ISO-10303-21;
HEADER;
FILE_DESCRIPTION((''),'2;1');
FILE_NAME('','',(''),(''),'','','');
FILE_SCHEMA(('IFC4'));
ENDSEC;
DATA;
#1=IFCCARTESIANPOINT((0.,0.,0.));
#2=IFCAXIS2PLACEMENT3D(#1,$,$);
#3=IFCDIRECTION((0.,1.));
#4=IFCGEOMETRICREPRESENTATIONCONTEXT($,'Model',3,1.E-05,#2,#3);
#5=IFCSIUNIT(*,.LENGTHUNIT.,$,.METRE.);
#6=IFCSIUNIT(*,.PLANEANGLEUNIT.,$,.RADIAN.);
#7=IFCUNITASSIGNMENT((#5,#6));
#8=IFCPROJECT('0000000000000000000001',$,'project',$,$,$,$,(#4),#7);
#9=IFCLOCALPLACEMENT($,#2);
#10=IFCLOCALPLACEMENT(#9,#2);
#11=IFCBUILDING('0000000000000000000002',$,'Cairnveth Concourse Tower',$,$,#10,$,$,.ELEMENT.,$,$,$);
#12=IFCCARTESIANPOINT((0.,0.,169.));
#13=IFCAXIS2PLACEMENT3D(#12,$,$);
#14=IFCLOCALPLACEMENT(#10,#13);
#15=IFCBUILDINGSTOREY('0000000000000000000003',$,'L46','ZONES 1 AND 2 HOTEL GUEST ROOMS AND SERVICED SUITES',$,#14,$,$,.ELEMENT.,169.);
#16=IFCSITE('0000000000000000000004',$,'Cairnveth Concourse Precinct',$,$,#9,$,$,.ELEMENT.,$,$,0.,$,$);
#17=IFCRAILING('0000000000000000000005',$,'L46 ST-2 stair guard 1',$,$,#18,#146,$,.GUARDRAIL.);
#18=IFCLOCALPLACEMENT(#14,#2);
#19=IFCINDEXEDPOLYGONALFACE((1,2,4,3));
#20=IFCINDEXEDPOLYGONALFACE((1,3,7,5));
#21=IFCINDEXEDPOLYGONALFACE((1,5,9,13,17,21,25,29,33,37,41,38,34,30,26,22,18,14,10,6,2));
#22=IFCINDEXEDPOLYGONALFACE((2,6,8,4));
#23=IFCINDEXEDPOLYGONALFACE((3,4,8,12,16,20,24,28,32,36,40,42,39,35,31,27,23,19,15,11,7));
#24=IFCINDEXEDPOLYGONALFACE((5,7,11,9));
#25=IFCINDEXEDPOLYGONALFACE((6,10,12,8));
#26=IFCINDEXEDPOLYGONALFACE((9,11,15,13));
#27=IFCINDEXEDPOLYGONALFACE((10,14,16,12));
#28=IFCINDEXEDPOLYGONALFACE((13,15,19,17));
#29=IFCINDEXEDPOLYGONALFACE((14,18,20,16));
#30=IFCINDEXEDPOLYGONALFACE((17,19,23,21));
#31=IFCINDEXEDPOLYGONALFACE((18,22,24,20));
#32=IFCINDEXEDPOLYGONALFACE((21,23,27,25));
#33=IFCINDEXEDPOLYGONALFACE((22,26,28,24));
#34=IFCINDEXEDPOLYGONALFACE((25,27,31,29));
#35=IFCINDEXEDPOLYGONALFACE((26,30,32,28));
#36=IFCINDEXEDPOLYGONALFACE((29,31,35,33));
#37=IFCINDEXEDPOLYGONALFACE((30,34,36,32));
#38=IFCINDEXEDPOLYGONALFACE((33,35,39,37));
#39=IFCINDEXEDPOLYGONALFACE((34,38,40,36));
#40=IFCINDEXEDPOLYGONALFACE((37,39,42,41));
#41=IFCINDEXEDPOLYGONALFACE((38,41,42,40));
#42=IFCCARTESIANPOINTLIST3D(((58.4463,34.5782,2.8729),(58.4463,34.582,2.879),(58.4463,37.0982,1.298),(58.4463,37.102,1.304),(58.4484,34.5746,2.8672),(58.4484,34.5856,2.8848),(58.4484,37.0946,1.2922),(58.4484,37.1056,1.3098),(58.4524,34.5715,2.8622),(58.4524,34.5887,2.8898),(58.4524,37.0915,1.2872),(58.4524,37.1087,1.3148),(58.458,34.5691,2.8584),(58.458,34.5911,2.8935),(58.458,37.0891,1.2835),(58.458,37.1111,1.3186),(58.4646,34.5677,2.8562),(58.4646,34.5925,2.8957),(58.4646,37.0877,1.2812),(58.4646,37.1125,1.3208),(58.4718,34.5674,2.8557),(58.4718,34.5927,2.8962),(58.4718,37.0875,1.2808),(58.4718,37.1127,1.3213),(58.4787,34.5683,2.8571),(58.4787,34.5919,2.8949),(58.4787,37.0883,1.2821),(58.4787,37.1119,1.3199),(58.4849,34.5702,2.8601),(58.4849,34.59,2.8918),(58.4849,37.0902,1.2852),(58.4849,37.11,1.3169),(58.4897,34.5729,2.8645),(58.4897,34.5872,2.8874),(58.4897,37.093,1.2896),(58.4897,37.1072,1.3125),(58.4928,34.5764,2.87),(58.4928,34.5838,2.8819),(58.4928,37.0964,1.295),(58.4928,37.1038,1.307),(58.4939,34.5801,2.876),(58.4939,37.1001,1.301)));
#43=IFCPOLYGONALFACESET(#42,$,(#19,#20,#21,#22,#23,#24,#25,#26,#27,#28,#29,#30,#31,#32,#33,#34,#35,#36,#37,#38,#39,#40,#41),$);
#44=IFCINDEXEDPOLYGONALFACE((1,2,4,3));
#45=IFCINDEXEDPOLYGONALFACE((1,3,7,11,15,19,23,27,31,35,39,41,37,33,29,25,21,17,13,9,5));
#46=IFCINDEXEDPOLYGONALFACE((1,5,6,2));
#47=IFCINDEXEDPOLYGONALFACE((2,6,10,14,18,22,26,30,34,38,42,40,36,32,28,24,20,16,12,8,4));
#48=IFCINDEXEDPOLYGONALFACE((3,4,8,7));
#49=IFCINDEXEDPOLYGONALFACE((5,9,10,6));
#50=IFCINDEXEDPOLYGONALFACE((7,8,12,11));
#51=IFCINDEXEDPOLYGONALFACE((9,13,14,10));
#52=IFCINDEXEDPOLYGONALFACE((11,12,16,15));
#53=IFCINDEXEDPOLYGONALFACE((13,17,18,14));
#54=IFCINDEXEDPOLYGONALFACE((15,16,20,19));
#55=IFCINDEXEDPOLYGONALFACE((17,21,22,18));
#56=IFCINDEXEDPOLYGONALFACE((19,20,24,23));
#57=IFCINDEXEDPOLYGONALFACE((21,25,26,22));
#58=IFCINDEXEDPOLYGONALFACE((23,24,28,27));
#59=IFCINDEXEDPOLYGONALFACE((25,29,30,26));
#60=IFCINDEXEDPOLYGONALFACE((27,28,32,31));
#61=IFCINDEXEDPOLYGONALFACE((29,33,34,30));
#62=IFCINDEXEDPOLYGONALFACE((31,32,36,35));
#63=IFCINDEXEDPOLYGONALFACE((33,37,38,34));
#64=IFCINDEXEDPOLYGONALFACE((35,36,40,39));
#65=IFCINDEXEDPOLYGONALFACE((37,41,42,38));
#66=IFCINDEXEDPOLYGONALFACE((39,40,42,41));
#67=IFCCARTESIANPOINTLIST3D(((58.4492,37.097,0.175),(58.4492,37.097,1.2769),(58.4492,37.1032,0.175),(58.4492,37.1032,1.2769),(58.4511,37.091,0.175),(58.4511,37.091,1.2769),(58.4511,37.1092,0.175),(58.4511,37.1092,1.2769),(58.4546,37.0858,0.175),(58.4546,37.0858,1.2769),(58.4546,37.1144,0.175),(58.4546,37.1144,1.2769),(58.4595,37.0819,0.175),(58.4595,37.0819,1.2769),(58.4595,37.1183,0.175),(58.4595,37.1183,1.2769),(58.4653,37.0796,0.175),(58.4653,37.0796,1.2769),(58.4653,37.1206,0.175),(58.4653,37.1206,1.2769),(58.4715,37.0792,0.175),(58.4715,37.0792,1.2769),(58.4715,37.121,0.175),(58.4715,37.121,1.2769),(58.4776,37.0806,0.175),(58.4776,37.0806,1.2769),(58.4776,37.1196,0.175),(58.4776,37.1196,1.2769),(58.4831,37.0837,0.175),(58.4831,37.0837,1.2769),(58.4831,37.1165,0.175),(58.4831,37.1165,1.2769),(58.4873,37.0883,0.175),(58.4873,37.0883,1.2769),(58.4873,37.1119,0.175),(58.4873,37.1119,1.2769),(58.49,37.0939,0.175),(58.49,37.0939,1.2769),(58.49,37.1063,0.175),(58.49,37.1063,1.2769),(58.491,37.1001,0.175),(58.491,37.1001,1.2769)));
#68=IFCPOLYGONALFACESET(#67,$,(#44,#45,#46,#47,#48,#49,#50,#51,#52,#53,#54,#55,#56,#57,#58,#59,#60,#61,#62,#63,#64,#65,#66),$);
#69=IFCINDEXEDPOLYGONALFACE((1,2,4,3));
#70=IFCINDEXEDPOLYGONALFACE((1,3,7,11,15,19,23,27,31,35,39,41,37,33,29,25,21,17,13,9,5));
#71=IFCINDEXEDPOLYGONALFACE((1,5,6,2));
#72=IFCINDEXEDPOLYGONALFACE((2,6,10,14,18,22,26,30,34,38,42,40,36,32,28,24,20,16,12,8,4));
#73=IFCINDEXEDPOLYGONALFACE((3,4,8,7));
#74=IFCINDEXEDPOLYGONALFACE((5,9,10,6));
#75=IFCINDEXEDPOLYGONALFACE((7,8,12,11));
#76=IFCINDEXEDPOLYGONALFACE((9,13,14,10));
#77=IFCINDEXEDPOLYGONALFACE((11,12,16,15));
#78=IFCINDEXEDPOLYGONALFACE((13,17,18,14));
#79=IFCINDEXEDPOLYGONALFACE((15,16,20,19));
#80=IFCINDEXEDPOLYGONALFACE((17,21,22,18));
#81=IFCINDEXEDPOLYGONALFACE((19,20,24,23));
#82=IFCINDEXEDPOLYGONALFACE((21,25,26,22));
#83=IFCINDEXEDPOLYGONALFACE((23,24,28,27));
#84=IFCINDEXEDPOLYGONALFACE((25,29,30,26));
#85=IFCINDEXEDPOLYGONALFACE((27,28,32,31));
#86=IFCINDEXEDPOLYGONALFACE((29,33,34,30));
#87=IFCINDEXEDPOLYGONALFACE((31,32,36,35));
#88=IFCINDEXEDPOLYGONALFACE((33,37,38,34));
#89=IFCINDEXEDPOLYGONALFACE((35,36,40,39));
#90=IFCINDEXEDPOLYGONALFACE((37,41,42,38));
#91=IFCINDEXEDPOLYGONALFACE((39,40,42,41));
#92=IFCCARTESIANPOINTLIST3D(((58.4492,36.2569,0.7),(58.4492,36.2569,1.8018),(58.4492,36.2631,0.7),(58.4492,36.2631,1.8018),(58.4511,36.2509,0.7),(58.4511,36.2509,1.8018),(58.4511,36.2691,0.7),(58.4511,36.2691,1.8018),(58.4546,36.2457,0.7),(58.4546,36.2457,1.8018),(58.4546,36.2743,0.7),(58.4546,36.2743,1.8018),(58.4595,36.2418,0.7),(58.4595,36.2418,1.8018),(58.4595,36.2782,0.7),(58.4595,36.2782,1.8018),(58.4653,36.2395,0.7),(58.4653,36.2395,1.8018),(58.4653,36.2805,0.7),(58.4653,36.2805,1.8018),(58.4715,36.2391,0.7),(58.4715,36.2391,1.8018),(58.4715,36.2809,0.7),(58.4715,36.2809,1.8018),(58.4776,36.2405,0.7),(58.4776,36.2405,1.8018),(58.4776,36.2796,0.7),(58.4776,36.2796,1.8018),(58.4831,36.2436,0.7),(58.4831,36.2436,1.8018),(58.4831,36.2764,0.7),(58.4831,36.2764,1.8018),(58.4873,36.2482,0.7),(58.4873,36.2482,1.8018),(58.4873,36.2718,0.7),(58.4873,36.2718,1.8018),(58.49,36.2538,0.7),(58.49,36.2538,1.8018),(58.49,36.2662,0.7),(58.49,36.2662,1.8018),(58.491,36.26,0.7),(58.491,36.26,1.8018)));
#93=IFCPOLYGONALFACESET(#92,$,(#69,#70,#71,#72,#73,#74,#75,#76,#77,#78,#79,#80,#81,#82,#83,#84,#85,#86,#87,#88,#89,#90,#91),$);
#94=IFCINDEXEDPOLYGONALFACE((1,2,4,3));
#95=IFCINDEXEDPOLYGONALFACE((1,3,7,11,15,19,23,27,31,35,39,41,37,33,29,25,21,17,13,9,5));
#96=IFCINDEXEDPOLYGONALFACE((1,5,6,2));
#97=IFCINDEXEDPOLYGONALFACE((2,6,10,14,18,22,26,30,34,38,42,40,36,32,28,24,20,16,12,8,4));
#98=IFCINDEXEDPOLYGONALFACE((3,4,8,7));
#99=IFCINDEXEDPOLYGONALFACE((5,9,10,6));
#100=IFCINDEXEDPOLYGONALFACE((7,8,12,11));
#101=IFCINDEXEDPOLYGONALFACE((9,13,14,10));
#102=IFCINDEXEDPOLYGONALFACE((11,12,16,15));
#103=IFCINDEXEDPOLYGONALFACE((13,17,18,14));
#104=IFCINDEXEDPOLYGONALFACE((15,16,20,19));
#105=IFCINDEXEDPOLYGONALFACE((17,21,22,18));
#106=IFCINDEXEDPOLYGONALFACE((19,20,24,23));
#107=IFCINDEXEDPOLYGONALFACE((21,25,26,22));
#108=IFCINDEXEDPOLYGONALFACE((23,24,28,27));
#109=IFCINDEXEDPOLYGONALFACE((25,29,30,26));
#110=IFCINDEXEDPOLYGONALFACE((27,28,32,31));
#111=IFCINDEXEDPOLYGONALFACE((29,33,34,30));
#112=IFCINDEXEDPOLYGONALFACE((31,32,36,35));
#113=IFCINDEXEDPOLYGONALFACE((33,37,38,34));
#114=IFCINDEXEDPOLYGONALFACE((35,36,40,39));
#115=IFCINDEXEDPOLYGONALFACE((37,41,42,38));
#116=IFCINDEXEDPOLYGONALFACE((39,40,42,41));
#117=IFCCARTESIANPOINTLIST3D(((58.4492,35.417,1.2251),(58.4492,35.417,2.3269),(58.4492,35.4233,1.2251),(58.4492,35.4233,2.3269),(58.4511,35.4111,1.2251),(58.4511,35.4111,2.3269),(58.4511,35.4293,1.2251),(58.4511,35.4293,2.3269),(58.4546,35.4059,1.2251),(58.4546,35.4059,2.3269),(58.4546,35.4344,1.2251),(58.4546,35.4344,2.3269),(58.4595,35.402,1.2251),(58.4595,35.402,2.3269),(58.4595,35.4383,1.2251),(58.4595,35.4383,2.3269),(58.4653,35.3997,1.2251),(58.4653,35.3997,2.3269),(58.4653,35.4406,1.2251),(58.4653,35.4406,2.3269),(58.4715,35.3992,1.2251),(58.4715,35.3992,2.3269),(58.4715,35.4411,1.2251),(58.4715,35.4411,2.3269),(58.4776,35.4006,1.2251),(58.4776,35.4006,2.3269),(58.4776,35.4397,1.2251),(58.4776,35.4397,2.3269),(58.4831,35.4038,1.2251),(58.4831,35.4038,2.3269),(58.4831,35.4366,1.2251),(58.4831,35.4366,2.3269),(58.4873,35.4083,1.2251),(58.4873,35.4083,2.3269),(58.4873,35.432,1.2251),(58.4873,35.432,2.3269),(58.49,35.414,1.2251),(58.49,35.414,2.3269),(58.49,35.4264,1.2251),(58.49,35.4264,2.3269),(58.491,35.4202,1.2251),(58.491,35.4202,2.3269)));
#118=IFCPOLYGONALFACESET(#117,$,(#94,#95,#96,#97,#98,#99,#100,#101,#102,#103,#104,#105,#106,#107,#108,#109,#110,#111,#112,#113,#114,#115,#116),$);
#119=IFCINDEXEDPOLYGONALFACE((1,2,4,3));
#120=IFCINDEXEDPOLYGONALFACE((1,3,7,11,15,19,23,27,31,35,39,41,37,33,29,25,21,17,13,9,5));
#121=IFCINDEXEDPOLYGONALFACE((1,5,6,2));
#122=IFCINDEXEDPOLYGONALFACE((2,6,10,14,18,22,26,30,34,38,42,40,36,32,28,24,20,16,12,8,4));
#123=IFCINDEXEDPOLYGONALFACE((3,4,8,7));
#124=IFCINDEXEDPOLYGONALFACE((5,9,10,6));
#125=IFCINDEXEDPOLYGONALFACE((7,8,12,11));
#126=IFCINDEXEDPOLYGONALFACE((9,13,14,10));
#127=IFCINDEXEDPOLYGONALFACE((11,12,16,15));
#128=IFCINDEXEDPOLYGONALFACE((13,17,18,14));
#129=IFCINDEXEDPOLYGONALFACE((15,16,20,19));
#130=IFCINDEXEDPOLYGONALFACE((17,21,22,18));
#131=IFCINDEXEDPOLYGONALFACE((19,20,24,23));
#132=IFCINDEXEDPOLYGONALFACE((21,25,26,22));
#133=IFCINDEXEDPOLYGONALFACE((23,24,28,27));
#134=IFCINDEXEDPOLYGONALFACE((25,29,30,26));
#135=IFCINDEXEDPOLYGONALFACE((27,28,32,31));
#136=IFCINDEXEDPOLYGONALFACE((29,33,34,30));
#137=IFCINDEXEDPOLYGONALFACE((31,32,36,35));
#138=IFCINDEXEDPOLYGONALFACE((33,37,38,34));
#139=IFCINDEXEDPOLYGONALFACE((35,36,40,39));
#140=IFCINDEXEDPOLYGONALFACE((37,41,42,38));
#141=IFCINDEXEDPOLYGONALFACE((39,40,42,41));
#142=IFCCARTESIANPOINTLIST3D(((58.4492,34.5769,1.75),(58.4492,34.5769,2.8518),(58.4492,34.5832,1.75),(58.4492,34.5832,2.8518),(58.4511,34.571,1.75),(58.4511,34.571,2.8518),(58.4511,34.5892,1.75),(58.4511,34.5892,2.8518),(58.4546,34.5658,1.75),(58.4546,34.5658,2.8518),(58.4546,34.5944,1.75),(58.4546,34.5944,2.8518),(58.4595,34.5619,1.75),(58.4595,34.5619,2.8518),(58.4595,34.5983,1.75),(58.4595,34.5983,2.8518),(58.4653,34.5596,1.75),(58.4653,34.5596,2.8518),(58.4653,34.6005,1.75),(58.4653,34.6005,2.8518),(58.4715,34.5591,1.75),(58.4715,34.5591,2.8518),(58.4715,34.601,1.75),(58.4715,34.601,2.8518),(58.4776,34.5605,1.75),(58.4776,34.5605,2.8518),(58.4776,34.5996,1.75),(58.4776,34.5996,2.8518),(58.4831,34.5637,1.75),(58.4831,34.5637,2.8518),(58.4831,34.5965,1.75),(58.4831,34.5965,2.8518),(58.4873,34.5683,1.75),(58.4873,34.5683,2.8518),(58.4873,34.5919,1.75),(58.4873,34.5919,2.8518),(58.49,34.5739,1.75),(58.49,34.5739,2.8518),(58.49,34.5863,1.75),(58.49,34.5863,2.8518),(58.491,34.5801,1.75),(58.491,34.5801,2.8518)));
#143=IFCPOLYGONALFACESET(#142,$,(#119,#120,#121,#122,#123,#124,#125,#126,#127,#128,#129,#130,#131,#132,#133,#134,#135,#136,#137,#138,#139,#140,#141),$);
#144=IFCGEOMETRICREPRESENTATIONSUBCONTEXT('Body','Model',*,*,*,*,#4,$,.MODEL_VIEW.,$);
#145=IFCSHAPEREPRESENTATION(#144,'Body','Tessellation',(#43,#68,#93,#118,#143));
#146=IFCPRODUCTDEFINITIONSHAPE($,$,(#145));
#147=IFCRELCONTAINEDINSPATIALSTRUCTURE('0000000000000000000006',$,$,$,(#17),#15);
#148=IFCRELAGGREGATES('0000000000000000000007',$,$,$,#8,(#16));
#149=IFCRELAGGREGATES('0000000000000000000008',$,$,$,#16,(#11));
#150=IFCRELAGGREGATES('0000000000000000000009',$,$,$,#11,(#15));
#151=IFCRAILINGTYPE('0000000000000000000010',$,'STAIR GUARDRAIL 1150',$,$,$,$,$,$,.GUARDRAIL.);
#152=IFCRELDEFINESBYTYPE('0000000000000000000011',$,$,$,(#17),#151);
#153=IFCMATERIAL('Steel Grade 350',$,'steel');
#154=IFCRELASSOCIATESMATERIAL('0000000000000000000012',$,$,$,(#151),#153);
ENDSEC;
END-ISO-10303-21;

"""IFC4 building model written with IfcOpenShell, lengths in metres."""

from ifc_helpers import new_model, si_unit, direction, frame, origin, origin_2d, place, context, subcontext, project, spatial, circle, extrude, material, type_object, element, save


model = new_model("IFC4")

# Units and contexts
model_context = context("Model", 3, precision=1e-05, world=origin(), true_north=direction((0.0, 1.0)))
body_context = subcontext(model_context, "Body", "Model", "MODEL_VIEW")
ifc_project = project(units=[si_unit("LENGTHUNIT", "METRE"), si_unit("PLANEANGLEUNIT", "RADIAN")], contexts=[model_context])

# Site, building, storey
site_placement = place(None, origin())
site = spatial("IfcSite", under=ifc_project, at=site_placement, Name="Cairnveth Concourse Precinct", CompositionType="ELEMENT", RefElevation=0.0)
building_placement = place(site_placement, origin())
building = spatial("IfcBuilding", under=site, at=building_placement, Name="Cairnveth Concourse Tower", CompositionType="ELEMENT")
storey_placement = place(building_placement, frame((0.0, 0.0, 169.0)))
storey = spatial("IfcBuildingStorey", under=building, at=storey_placement, Name="L46", Description="ZONES 1 AND 2 HOTEL GUEST ROOMS AND SERVICED SUITES", CompositionType="ELEMENT", Elevation=169.0)

# Shared definitions
ifc_material_1 = material(Name="Steel Grade 350", Category="steel")

# Railing
railing_type_1 = type_object("IfcRailingType", Name="STAIR GUARDRAIL 1150", PredefinedType="GUARDRAIL", material=ifc_material_1)
railing_1_placement = place(storey_placement, frame((58.47, 37.1001, 0.175)))
element("IfcRailing", 1, at=railing_1_placement, inside=storey, type_object=railing_type_1, Name="L46 ST-2 stair guard 1", PredefinedType="GUARDRAIL", context=body_context, shape_type="SweptSolid", body=[
    extrude(circle(Radius=0.0239, at=origin_2d()), frame((0.0, 0.0, 1.126), z_axis=(0.0, -0.848008, 0.529984), x_axis=(1.0, 0.0, 0.0)), (0.0, 0.0, 1.0), 2.9717),
    extrude(circle(Radius=0.021, at=origin_2d()), origin(), (0.0, 0.0, 1.0), 1.1018),
    extrude(circle(Radius=0.021, at=origin_2d()), frame((0.0, -0.8401, 0.5249)), (0.0, 0.0, 1.0), 1.1018),
    extrude(circle(Radius=0.021, at=origin_2d()), frame((0.0, -1.6799, 1.05)), (0.0, 0.0, 1.0), 1.1018),
    extrude(circle(Radius=0.021, at=origin_2d()), frame((0.0, -2.52, 1.575)), (0.0, 0.0, 1.0), 1.1018),
])

save(model, "model.ifc")
